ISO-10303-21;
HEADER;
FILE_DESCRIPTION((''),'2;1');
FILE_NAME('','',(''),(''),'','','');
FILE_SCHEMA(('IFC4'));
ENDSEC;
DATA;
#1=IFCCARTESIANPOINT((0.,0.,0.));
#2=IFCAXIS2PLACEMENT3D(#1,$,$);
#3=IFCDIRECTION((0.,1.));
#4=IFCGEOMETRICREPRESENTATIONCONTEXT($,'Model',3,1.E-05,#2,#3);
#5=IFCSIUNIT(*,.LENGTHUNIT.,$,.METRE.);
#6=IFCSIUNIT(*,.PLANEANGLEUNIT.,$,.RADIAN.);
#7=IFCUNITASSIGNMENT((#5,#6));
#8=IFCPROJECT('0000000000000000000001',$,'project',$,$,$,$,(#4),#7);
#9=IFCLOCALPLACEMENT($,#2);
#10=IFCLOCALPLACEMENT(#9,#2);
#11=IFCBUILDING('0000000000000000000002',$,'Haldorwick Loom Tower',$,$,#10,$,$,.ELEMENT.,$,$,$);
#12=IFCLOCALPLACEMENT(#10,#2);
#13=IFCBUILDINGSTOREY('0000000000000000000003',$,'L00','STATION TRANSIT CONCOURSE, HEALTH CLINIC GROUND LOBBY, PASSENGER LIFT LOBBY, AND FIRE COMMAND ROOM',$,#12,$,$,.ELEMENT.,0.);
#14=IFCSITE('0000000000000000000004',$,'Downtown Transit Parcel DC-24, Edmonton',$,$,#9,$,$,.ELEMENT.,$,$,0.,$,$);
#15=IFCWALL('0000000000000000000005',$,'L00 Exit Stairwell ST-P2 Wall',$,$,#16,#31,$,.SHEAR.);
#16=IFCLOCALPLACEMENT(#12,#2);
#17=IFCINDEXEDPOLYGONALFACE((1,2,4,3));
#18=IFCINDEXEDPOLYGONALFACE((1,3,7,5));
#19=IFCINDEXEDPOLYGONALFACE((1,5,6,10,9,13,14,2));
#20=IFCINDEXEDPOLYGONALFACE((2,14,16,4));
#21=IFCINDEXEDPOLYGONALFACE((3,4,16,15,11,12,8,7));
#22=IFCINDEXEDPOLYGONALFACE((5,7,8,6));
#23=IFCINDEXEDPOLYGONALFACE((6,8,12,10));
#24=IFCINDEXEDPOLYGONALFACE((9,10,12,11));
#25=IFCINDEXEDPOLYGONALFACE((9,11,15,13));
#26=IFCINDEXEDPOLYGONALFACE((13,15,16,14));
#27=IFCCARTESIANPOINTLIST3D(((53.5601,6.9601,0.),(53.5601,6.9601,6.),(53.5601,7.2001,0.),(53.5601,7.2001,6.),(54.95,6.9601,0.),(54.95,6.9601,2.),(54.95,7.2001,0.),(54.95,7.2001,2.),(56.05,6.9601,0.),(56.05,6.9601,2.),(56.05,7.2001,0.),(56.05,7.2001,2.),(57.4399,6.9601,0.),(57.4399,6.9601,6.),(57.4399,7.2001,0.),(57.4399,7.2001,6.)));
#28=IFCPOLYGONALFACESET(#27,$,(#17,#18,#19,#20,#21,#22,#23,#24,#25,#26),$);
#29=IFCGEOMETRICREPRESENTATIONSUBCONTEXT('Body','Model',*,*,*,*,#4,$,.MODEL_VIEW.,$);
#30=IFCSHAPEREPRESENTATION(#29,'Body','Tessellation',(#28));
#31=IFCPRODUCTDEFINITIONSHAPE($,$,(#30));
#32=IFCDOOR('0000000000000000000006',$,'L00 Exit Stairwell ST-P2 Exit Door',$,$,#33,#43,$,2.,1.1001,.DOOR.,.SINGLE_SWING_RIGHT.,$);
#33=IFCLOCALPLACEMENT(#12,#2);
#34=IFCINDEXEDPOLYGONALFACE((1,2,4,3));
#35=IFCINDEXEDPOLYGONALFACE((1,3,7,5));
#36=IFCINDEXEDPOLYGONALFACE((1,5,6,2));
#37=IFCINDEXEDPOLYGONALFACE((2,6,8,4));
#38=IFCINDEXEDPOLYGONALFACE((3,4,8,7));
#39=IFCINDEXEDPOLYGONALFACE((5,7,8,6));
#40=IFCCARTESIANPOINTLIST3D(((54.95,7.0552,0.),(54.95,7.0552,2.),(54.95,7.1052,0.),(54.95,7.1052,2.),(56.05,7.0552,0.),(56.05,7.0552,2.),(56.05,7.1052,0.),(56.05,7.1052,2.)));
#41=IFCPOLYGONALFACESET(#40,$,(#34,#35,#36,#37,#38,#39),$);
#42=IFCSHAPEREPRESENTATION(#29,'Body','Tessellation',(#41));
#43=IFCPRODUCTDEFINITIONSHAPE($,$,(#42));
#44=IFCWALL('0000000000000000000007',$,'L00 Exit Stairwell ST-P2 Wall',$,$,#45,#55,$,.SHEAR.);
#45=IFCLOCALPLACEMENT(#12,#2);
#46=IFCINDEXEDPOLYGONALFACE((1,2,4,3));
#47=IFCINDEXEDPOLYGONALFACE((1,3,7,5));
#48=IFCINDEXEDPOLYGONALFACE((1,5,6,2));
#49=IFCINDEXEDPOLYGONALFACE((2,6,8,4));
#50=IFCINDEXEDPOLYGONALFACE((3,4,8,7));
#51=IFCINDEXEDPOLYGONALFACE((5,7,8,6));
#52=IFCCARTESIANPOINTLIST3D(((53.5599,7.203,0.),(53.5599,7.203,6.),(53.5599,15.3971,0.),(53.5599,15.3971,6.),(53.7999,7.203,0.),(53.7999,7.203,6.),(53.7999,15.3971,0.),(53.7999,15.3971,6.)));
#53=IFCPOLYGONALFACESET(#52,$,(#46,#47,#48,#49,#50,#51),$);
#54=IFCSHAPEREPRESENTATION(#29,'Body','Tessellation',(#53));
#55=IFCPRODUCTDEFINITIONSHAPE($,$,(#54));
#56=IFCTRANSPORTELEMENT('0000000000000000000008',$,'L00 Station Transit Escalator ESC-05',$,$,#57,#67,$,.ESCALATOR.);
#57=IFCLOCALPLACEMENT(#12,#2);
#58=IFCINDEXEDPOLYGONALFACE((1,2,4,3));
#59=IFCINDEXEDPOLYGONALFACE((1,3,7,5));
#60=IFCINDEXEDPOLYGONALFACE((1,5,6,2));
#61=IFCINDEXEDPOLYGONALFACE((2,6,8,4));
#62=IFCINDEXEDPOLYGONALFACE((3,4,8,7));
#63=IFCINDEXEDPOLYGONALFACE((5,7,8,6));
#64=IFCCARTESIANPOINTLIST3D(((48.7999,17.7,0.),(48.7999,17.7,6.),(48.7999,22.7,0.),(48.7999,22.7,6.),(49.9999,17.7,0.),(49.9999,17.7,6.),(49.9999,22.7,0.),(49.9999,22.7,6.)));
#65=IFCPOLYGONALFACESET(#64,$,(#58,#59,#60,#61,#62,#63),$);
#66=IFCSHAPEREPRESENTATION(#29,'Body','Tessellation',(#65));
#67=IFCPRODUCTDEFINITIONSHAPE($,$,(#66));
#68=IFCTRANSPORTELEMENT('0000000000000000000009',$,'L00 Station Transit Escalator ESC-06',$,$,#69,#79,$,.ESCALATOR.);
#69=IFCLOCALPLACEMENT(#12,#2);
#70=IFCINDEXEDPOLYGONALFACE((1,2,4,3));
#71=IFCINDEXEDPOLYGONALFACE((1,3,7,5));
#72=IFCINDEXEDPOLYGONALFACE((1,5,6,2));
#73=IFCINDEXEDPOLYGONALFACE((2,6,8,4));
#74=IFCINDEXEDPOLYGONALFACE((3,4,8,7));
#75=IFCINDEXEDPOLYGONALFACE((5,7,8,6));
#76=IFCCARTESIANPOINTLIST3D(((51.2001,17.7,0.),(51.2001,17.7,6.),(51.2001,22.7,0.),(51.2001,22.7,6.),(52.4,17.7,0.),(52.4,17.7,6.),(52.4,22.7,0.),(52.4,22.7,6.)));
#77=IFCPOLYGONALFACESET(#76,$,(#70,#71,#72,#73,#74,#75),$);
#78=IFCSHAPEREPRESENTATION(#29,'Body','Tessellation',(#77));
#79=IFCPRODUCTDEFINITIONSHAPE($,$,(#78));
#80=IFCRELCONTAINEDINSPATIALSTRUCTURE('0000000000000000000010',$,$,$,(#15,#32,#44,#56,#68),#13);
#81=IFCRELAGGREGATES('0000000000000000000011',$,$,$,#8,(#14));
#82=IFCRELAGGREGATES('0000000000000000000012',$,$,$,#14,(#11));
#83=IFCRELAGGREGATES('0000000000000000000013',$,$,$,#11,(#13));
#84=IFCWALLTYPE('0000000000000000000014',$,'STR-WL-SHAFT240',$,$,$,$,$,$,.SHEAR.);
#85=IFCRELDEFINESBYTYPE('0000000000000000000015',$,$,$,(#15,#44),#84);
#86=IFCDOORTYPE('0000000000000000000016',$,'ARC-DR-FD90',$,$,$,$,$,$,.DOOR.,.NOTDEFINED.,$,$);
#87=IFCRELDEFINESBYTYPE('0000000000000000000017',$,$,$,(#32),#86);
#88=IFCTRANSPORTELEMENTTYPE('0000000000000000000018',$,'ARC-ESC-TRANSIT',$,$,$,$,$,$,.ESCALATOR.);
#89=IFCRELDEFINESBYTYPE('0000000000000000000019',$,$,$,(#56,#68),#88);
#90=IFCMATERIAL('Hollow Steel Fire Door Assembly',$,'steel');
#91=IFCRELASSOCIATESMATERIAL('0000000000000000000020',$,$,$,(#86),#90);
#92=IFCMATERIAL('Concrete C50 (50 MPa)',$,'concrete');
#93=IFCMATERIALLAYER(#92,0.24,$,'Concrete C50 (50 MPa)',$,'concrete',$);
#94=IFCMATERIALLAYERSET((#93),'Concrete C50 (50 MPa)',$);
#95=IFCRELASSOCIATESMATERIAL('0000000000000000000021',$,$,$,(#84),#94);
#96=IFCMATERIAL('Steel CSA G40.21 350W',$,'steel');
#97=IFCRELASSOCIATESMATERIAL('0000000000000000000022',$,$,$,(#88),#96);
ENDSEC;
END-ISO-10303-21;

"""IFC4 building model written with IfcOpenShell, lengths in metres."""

from ifc_helpers import new_model, si_unit, direction, frame, frame_2d, origin, origin_2d, place, context, subcontext, project, spatial, rectangle, extrude, material, layer, layer_set, type_object, element, fill, save


model = new_model("IFC4")

# Units and contexts
model_context = context("Model", 3, precision=1e-05, world=origin(), true_north=direction((0.0, 1.0)))
body_context = subcontext(model_context, "Body", "Model", "MODEL_VIEW")
ifc_project = project(units=[si_unit("LENGTHUNIT", "METRE"), si_unit("PLANEANGLEUNIT", "RADIAN")], contexts=[model_context])

# Site, building, storey
site_placement = place(None, origin())
site = spatial("IfcSite", under=ifc_project, at=site_placement, Name="Downtown Transit Parcel DC-24, Edmonton", CompositionType="ELEMENT", RefElevation=0.0)
building_placement = place(site_placement, origin())
building = spatial("IfcBuilding", under=site, at=building_placement, Name="Haldorwick Loom Tower", CompositionType="ELEMENT")
storey_placement = place(building_placement, origin())
storey = spatial("IfcBuildingStorey", under=building, at=storey_placement, Name="L00", Description="STATION TRANSIT CONCOURSE, HEALTH CLINIC GROUND LOBBY, PASSENGER LIFT LOBBY, AND FIRE COMMAND ROOM", CompositionType="ELEMENT", Elevation=0.0)

# Shared definitions
ifc_material_1 = material(Name="Steel CSA G40.21 350W", Category="steel")

# Shared definitions
ifc_material_2 = material(Name="Hollow Steel Fire Door Assembly", Category="steel")
door_type = type_object("IfcDoorType", Name="ARC-DR-FD90", OperationType="NOTDEFINED", PredefinedType="DOOR", material=ifc_material_2)

# Wall, opening, door
ifc_material_3 = material(Name="Concrete C50 (50 MPa)", Category="concrete")
ifc_layer_1 = layer(ifc_material_3, 0.24, Name="Concrete C50 (50 MPa)", Category="concrete")
ifc_layer_set_1 = layer_set([ifc_layer_1], Name="Concrete C50 (50 MPa)")
wall_type_1 = type_object("IfcWallType", Name="STR-WL-SHAFT240", PredefinedType="SHEAR", material=ifc_layer_set_1)
wall_1_placement = place(storey_placement, frame((53.5601, 7.0801, 0.0), z_axis=(0.0, 0.0, 1.0), x_axis=(1.0, 0.0, 0.0)))
wall_1 = element("IfcWall", 1, at=wall_1_placement, inside=storey, type_object=wall_type_1, Name="L00 Exit Stairwell ST-P2 Wall", PredefinedType="SHEAR", context=body_context, shape_type="SweptSolid", body=[
    extrude(rectangle(XDim=3.8799, YDim=0.24, at=frame_2d((1.9399, 0.0))), origin(), (0.0, 0.0, 1.0), 6.0),
])
opening_1_placement = place(wall_1_placement, frame((1.3899, 0.0, 0.0)))
opening_1 = element("IfcOpeningElement", 2, at=opening_1_placement, cuts=wall_1, PredefinedType="OPENING", context=body_context, shape_type="SweptSolid", body=[
    extrude(rectangle(XDim=1.1001, YDim=2.0, at=frame_2d((0.55, 1.0))), frame((0.0, 0.1299, 0.0), z_axis=(0.0, -1.0, 0.0), x_axis=(1.0, 0.0, 0.0)), (0.0, 0.0, 1.0), 0.26),
])
door_1_placement = place(opening_1_placement, frame((1.1001, 0.0, 0.0), z_axis=(0.0, 0.0, 1.0), x_axis=(-1.0, 0.0, 0.0)))
door_1 = element("IfcDoor", 3, at=door_1_placement, inside=storey, type_object=door_type, Name="L00 Exit Stairwell ST-P2 Exit Door", OperationType="SINGLE_SWING_RIGHT", OverallHeight=2.0, OverallWidth=1.1001, PredefinedType="DOOR", context=body_context, shape_type="SweptSolid", body=[
    extrude(rectangle(XDim=1.1001, YDim=2.0, at=frame_2d((0.55, 1.0))), frame((0.0, 0.0249, 0.0), z_axis=(0.0, -1.0, 0.0), x_axis=(1.0, 0.0, 0.0)), (0.0, 0.0, 1.0), 0.05),
])
fill(opening_1, door_1)

# Wall
wall_2_placement = place(storey_placement, frame((53.6799, 7.2029, 0.0), z_axis=(0.0, 0.0, 1.0), x_axis=(0.0, 1.0, 0.0)))
element("IfcWall", 4, at=wall_2_placement, inside=storey, type_object=wall_type_1, Name="L00 Exit Stairwell ST-P2 Wall", PredefinedType="SHEAR", context=body_context, shape_type="SweptSolid", body=[
    extrude(rectangle(XDim=8.1941, YDim=0.24, at=frame_2d((4.0972, 0.0))), origin(), (0.0, 0.0, 1.0), 6.0),
])

# Transport elements
transport_element_type = type_object("IfcTransportElementType", Name="ARC-ESC-TRANSIT", PredefinedType="ESCALATOR", material=ifc_material_1)
for number, where, z_axis, x_axis, name in (
    (5, (49.3999, 20.2, 0.0), (0.0, 0.0, 1.0), (1.0, 0.0, 0.0), "L00 Station Transit Escalator ESC-05"),
    (6, (51.8, 20.2, 0.0), (0.0, 0.0, 1.0), (1.0, 0.0, 0.0), "L00 Station Transit Escalator ESC-06"),
):
    element("IfcTransportElement", number, at=place(storey_placement, frame(where, z_axis=z_axis, x_axis=x_axis)), inside=storey, type_object=transport_element_type, Name=name, PredefinedType="ESCALATOR", context=body_context, shape_type="SweptSolid", body=[
        extrude(rectangle(XDim=1.2, YDim=5.0, at=origin_2d()), origin(), (0.0, 0.0, 1.0), 6.0),
    ])

save(model, "model.ifc")
